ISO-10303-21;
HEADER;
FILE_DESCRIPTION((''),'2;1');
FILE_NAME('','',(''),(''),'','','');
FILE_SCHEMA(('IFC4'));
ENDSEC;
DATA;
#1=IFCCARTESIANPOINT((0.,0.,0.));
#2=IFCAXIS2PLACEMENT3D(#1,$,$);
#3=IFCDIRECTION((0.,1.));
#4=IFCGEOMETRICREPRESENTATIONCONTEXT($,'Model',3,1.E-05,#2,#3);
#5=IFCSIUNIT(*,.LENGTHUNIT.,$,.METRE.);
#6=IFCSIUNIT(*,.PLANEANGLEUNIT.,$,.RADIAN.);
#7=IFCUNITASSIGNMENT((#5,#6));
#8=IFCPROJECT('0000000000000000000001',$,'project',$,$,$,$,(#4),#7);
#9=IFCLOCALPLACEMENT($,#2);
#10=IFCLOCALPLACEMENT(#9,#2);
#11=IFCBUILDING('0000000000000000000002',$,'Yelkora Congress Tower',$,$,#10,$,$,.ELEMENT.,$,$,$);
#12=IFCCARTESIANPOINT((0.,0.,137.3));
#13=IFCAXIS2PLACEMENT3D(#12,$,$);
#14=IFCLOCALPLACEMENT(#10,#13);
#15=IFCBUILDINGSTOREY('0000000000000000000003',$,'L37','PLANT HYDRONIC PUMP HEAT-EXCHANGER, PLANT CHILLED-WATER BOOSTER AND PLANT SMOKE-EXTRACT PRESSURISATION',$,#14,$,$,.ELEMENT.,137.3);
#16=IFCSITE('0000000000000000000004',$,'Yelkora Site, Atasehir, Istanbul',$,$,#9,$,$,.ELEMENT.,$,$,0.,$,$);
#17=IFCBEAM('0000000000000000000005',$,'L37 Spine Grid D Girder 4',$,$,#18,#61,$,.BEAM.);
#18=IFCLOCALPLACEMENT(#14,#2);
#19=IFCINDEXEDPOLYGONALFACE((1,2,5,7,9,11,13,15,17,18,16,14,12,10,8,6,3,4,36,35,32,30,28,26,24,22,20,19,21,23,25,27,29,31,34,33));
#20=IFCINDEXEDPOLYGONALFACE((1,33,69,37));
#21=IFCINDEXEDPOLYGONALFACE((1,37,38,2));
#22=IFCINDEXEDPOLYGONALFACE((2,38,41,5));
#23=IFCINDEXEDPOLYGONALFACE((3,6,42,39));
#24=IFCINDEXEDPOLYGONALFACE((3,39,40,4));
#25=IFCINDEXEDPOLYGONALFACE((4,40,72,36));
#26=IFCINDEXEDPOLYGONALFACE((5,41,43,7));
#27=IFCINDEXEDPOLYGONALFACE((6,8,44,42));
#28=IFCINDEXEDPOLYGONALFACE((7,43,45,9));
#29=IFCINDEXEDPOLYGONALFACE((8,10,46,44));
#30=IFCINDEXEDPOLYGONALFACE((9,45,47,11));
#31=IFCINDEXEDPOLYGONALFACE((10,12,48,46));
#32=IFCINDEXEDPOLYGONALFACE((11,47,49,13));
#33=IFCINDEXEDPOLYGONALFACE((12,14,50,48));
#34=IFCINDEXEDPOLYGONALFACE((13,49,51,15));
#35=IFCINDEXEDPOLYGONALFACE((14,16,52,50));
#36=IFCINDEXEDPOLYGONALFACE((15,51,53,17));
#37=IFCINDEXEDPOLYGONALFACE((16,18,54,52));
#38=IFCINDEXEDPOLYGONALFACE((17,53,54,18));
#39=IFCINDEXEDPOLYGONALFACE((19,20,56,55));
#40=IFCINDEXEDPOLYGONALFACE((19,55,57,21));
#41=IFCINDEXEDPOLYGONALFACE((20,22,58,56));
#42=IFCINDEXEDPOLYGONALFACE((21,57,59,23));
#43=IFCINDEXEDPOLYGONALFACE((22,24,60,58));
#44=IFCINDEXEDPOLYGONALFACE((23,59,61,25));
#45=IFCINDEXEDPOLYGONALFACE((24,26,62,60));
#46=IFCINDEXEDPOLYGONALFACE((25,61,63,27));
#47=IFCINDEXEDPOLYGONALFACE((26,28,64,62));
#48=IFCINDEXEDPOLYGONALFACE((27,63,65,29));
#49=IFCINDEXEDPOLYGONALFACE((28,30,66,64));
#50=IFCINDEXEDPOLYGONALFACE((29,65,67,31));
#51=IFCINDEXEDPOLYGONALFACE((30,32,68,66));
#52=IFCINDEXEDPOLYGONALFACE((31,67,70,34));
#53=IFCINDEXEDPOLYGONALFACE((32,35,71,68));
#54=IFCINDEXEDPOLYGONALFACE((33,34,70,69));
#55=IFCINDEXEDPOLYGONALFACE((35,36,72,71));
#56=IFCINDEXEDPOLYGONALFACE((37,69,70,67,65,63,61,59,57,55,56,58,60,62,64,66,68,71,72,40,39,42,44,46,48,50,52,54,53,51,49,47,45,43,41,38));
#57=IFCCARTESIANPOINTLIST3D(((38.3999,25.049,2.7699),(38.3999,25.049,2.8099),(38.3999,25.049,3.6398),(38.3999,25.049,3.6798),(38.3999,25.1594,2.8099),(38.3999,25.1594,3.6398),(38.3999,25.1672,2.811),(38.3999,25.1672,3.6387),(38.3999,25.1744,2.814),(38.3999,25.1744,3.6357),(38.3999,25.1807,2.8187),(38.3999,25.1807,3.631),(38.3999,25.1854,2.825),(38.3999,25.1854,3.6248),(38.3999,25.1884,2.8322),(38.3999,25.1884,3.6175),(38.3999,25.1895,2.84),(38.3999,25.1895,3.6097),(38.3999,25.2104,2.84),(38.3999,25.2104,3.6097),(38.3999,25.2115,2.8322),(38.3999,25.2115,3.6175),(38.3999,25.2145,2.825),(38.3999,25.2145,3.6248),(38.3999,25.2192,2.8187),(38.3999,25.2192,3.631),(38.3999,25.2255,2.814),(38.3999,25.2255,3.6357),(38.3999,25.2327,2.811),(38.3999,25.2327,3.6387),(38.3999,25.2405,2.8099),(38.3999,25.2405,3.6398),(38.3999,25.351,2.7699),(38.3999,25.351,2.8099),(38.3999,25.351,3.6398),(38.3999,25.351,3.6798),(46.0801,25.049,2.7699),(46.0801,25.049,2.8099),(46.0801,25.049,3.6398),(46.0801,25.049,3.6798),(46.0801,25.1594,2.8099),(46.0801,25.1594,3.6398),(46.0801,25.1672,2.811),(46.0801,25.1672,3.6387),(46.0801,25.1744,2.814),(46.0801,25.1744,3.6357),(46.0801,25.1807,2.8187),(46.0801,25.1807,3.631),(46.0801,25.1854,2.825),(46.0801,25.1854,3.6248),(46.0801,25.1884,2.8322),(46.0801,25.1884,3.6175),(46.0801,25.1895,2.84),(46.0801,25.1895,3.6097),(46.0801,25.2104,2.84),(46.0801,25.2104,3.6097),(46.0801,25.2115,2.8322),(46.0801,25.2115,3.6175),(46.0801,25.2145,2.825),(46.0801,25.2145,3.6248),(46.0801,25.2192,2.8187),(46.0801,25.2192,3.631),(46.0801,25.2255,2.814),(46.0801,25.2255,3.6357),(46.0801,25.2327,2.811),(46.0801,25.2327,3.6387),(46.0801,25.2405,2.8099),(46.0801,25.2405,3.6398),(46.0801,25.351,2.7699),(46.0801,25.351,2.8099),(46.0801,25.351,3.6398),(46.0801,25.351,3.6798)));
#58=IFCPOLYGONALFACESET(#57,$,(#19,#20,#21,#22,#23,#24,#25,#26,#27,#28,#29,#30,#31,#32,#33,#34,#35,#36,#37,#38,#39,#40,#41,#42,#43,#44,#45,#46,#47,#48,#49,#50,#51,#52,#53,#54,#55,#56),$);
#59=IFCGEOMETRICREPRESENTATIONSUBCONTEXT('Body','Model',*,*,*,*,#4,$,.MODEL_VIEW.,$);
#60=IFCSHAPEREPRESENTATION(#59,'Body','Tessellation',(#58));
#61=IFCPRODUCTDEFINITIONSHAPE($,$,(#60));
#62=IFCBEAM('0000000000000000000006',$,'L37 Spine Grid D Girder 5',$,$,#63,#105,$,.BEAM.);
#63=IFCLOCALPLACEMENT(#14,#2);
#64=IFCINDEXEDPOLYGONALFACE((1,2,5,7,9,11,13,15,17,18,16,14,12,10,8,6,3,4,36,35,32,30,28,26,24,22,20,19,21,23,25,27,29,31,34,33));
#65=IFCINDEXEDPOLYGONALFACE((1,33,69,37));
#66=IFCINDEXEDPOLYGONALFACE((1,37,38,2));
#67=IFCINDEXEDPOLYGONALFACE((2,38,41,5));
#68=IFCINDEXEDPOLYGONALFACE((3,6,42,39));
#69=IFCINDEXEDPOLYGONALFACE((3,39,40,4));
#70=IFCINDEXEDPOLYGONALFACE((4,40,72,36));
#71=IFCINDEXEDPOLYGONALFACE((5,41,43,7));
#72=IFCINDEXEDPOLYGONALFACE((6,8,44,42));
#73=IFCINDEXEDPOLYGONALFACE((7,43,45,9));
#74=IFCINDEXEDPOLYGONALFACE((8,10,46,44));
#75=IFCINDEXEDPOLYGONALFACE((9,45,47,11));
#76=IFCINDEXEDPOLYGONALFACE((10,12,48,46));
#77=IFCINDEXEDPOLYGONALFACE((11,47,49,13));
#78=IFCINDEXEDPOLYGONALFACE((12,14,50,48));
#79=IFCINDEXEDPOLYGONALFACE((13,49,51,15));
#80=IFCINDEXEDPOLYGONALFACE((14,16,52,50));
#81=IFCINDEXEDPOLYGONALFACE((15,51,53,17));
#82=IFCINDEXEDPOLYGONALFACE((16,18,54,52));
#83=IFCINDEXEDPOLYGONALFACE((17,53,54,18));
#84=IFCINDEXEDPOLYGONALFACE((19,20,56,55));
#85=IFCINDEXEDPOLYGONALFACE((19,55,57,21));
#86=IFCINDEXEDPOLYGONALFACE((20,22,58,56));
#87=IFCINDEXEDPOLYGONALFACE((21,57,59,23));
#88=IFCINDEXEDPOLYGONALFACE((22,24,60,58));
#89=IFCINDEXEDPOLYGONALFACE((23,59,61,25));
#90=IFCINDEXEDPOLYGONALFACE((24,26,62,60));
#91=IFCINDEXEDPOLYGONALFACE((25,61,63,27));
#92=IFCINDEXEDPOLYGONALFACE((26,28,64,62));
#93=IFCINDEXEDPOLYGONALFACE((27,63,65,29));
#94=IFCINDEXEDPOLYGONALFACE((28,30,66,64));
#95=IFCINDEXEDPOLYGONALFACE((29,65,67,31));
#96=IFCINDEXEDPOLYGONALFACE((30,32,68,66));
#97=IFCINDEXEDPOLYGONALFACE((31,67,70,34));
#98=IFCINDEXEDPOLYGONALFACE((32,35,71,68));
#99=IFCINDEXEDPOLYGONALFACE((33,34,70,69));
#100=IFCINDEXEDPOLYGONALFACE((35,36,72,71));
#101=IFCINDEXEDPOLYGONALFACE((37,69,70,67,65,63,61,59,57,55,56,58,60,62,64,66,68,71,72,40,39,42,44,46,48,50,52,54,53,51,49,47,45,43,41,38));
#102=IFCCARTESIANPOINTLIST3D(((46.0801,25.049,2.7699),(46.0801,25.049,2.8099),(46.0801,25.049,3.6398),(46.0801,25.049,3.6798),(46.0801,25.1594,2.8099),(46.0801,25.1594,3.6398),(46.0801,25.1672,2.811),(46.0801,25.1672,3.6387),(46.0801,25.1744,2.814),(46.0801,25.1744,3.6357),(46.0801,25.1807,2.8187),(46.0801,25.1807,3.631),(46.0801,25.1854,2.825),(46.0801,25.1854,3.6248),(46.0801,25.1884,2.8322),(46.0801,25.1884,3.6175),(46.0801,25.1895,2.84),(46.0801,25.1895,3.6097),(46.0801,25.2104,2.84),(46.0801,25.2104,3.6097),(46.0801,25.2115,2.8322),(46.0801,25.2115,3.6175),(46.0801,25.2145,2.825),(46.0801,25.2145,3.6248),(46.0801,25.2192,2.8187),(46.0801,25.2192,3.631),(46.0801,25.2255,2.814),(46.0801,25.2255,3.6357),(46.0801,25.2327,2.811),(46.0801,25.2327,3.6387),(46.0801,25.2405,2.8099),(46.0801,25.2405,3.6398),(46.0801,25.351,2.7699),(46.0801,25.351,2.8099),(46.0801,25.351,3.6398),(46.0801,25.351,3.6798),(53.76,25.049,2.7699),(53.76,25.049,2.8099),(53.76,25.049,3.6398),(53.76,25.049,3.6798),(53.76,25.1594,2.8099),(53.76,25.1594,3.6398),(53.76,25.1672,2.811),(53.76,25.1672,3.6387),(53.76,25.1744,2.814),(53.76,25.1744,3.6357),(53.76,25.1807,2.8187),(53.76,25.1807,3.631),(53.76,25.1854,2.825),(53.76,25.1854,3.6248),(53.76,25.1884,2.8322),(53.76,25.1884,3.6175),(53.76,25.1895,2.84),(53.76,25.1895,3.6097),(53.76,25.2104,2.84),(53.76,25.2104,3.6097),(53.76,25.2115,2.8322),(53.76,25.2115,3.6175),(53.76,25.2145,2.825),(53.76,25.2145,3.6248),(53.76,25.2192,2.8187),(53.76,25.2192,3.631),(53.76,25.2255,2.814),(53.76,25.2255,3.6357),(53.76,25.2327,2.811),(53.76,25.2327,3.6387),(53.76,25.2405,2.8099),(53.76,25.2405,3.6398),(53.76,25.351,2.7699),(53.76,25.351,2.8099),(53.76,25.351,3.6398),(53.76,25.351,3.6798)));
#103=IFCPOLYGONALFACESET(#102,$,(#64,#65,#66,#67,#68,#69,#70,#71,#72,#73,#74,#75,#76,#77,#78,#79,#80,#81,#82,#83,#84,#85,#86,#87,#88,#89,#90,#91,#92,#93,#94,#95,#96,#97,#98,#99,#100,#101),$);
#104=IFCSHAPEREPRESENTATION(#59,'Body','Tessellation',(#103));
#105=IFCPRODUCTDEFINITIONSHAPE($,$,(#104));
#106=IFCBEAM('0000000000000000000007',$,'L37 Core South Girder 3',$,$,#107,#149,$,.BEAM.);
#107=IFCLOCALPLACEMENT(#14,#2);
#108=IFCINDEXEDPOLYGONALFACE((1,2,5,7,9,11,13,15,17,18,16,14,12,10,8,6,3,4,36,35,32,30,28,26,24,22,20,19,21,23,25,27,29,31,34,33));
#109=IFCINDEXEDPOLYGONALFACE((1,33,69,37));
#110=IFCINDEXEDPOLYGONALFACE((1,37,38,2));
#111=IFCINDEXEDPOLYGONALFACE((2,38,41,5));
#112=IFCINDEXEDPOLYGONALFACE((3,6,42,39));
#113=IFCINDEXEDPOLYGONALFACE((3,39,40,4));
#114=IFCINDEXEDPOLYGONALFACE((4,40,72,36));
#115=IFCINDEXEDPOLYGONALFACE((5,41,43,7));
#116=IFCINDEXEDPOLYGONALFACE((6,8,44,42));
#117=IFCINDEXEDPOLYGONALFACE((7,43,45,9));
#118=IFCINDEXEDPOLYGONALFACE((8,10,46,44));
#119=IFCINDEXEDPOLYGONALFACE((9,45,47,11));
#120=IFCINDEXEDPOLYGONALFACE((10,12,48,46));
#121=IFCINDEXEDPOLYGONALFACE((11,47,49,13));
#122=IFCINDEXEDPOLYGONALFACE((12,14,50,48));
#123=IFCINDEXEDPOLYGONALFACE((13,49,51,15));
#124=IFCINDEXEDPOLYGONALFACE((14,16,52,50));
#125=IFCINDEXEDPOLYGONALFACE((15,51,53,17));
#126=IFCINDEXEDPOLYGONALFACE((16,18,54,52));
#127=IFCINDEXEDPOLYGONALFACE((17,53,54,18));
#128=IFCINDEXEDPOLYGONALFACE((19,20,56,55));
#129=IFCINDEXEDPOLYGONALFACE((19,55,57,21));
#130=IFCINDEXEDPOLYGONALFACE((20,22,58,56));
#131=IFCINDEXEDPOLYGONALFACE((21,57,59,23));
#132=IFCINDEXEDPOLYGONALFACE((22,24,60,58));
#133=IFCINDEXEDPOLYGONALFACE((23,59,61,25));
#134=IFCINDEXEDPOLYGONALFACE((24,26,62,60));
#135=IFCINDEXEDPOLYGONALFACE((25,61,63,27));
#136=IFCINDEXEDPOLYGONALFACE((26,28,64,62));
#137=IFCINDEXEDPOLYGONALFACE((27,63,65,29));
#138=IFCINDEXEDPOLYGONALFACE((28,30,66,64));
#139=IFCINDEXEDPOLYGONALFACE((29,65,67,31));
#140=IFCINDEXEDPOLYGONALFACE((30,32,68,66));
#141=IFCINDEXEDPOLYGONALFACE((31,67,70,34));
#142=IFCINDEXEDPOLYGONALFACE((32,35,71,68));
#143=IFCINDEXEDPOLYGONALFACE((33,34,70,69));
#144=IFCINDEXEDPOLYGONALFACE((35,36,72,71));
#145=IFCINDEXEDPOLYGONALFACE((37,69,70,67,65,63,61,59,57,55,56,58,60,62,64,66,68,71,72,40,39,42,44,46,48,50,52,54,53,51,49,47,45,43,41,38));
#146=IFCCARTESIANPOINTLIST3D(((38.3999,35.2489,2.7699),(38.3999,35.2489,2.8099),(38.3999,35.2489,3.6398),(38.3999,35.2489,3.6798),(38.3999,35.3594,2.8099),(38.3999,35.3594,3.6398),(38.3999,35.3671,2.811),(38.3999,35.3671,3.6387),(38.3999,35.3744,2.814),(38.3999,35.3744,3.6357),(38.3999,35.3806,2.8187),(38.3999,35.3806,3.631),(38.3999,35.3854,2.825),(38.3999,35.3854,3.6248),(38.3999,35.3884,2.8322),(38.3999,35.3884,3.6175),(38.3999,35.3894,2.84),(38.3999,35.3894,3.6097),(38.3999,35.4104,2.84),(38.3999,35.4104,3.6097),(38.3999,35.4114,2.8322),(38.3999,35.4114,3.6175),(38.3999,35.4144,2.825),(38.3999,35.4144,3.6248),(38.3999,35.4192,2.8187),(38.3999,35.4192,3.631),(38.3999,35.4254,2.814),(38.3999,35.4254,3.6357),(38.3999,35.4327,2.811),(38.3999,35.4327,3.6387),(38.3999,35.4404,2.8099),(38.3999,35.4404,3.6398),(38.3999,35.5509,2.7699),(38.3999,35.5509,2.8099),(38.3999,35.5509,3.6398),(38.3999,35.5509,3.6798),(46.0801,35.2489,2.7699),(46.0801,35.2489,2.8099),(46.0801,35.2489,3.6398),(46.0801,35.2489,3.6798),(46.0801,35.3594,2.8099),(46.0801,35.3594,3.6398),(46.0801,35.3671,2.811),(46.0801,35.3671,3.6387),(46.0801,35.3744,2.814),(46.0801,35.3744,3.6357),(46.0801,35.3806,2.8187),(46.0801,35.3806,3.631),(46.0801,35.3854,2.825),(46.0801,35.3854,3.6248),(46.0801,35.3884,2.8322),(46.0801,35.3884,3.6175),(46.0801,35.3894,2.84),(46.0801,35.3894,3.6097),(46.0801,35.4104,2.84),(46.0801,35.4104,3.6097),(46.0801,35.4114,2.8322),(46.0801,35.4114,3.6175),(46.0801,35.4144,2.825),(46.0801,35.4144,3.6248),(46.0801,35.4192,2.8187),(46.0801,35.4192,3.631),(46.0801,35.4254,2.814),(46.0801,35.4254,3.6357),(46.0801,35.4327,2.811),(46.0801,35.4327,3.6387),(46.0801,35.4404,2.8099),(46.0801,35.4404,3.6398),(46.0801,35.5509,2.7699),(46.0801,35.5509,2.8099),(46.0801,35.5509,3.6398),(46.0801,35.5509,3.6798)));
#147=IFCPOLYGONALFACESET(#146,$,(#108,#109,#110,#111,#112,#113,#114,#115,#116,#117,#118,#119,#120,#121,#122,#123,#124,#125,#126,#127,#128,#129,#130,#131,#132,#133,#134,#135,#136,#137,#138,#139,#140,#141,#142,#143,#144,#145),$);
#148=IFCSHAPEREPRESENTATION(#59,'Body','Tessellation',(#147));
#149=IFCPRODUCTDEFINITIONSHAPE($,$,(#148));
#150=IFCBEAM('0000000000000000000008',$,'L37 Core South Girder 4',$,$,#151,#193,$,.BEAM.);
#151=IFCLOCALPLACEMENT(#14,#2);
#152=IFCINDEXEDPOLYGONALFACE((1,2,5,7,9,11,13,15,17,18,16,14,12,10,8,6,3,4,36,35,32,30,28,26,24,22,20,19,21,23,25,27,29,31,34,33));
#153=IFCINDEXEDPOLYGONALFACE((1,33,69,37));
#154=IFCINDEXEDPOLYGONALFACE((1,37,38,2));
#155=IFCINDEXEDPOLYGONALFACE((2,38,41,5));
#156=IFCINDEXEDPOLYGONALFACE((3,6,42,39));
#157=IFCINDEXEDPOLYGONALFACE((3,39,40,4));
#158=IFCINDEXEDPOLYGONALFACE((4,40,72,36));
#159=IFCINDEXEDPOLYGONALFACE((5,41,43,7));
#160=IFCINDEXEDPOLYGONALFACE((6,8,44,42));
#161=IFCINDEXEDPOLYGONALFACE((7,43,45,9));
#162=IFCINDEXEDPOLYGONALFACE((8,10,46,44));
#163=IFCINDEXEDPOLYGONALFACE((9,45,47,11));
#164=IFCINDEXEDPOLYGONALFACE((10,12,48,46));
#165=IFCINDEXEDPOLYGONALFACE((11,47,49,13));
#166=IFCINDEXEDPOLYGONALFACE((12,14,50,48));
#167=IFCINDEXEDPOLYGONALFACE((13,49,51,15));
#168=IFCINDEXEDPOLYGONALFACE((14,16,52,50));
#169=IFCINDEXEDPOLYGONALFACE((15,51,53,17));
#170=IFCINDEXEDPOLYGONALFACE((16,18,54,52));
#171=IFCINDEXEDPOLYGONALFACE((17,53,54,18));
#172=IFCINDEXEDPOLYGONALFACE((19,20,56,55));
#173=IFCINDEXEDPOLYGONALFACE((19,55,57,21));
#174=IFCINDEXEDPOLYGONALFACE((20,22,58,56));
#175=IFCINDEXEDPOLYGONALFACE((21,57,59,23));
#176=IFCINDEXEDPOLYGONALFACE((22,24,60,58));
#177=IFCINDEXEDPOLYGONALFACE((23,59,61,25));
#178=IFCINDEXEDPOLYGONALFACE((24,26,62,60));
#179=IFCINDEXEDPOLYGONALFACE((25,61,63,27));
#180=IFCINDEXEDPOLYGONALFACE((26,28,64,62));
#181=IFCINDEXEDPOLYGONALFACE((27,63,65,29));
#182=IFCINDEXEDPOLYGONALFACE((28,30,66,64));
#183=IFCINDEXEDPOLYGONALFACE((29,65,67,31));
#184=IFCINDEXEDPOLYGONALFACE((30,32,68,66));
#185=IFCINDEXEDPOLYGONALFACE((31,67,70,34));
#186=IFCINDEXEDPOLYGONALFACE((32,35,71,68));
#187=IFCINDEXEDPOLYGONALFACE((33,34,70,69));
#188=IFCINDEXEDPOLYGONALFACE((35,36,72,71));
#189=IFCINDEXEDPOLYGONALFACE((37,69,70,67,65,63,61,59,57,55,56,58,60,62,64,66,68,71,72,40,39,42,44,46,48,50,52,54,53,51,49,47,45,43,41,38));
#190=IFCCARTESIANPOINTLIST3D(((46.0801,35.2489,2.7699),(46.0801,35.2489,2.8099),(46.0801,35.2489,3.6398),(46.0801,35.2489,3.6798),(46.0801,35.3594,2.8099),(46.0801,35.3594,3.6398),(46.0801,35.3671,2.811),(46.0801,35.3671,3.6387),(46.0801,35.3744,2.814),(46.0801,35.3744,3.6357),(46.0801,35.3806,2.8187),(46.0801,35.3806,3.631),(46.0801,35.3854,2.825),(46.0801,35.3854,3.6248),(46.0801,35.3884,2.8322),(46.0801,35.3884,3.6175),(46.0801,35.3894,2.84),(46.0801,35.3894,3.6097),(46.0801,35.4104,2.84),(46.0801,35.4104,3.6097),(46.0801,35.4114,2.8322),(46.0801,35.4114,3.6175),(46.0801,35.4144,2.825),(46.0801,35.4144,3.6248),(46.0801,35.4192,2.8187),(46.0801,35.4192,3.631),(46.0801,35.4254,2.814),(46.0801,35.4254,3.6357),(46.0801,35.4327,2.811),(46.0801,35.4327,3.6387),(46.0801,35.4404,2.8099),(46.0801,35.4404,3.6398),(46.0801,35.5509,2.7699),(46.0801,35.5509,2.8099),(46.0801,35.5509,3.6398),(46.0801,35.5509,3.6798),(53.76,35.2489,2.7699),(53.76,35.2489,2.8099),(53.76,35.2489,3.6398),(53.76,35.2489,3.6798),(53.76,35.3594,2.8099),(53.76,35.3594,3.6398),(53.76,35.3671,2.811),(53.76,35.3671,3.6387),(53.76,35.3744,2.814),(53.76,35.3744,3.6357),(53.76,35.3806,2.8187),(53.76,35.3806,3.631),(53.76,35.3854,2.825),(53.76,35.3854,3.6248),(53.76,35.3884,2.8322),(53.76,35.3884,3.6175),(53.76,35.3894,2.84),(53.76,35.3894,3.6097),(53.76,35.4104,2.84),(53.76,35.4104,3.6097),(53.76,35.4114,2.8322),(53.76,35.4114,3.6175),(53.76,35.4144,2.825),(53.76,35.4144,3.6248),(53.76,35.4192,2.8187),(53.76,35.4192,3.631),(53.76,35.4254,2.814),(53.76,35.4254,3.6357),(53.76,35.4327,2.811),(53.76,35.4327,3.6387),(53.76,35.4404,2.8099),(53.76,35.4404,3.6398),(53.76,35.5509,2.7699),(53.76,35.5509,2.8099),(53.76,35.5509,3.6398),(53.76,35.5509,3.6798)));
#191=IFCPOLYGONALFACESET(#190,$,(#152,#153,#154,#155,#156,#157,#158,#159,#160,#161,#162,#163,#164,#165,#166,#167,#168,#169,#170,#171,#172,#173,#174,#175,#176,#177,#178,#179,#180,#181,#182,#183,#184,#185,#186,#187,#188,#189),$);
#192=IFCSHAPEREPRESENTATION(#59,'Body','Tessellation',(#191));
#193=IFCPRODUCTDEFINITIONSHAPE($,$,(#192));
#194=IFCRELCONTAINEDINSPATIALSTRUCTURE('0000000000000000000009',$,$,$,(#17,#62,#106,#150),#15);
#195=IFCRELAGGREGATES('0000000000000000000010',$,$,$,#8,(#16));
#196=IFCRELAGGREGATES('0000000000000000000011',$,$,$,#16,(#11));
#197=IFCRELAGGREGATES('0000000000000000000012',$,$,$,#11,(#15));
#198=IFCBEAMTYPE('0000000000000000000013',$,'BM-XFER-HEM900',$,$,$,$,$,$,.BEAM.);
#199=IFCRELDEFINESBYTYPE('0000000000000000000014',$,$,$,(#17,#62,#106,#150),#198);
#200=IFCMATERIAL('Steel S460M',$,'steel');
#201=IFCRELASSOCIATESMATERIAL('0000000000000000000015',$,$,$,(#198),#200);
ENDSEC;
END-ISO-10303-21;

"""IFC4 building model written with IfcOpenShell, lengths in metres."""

from ifc_helpers import new_model, si_unit, direction, frame, origin, origin_2d, place, context, subcontext, project, spatial, i_section, extrude, material, material_profile, profile_set, type_object, element, save


model = new_model("IFC4")

# Units and contexts
model_context = context("Model", 3, precision=1e-05, world=origin(), true_north=direction((0.0, 1.0)))
body_context = subcontext(model_context, "Body", "Model", "MODEL_VIEW")
ifc_project = project(units=[si_unit("LENGTHUNIT", "METRE"), si_unit("PLANEANGLEUNIT", "RADIAN")], contexts=[model_context])

# Site, building, storey
site_placement = place(None, origin())
site = spatial("IfcSite", under=ifc_project, at=site_placement, Name="Yelkora Site, Atasehir, Istanbul", CompositionType="ELEMENT", RefElevation=0.0)
building_placement = place(site_placement, origin())
building = spatial("IfcBuilding", under=site, at=building_placement, Name="Yelkora Congress Tower", CompositionType="ELEMENT")
storey_placement = place(building_placement, frame((0.0, 0.0, 137.3)))
storey = spatial("IfcBuildingStorey", under=building, at=storey_placement, Name="L37", Description="PLANT HYDRONIC PUMP HEAT-EXCHANGER, PLANT CHILLED-WATER BOOSTER AND PLANT SMOKE-EXTRACT PRESSURISATION", CompositionType="ELEMENT", Elevation=137.3)

# Shared definitions
ifc_material_1 = material(Name="Steel S460M", Category="steel")

# Beams
ifc_material_profile_1 = material_profile(ifc_material_1, i_section(OverallWidth=0.302, OverallDepth=0.9099, WebThickness=0.021, FlangeThickness=0.04, FilletRadius=0.03, at=origin_2d()), Name="HEM 900")
ifc_profile_set_1 = profile_set([ifc_material_profile_1], Name="Steel S460M")
beam_type = type_object("IfcBeamType", Name="BM-XFER-HEM900", PredefinedType="BEAM", material=ifc_profile_set_1)
beam_1_placement = place(storey_placement, frame((38.3999, 25.2, 3.2249), z_axis=(1.0, 0.0, 0.0), x_axis=(0.0, 1.0, 0.0)))
element("IfcBeam", 1, at=beam_1_placement, inside=storey, type_object=beam_type, Name="L37 Spine Grid D Girder 4", PredefinedType="BEAM", context=body_context, shape_type="SweptSolid", body=[
    extrude(i_section(OverallWidth=0.302, OverallDepth=0.9099, WebThickness=0.021, FlangeThickness=0.04, FilletRadius=0.03, at=origin_2d()), origin(), (0.0, 0.0, 1.0), 7.6802),
])
beam_2_placement = place(storey_placement, frame((46.0801, 25.2, 3.2249), z_axis=(1.0, 0.0, 0.0), x_axis=(0.0, 1.0, 0.0)))
element("IfcBeam", 2, at=beam_2_placement, inside=storey, type_object=beam_type, Name="L37 Spine Grid D Girder 5", PredefinedType="BEAM", context=body_context, shape_type="SweptSolid", body=[
    extrude(i_section(OverallWidth=0.302, OverallDepth=0.9099, WebThickness=0.021, FlangeThickness=0.04, FilletRadius=0.03, at=origin_2d()), origin(), (0.0, 0.0, 1.0), 7.6799),
])
beam_3_placement = place(storey_placement, frame((38.3999, 35.3999, 3.2249), z_axis=(1.0, 0.0, 0.0), x_axis=(0.0, 1.0, 0.0)))
element("IfcBeam", 3, at=beam_3_placement, inside=storey, type_object=beam_type, Name="L37 Core South Girder 3", PredefinedType="BEAM", context=body_context, shape_type="SweptSolid", body=[
    extrude(i_section(OverallWidth=0.302, OverallDepth=0.9099, WebThickness=0.021, FlangeThickness=0.04, FilletRadius=0.03, at=origin_2d()), origin(), (0.0, 0.0, 1.0), 7.6802),
])
beam_4_placement = place(storey_placement, frame((46.0801, 35.3999, 3.2249), z_axis=(1.0, 0.0, 0.0), x_axis=(0.0, 1.0, 0.0)))
element("IfcBeam", 4, at=beam_4_placement, inside=storey, type_object=beam_type, Name="L37 Core South Girder 4", PredefinedType="BEAM", context=body_context, shape_type="SweptSolid", body=[
    extrude(i_section(OverallWidth=0.302, OverallDepth=0.9099, WebThickness=0.021, FlangeThickness=0.04, FilletRadius=0.03, at=origin_2d()), origin(), (0.0, 0.0, 1.0), 7.6799),
])

save(model, "model.ifc")
